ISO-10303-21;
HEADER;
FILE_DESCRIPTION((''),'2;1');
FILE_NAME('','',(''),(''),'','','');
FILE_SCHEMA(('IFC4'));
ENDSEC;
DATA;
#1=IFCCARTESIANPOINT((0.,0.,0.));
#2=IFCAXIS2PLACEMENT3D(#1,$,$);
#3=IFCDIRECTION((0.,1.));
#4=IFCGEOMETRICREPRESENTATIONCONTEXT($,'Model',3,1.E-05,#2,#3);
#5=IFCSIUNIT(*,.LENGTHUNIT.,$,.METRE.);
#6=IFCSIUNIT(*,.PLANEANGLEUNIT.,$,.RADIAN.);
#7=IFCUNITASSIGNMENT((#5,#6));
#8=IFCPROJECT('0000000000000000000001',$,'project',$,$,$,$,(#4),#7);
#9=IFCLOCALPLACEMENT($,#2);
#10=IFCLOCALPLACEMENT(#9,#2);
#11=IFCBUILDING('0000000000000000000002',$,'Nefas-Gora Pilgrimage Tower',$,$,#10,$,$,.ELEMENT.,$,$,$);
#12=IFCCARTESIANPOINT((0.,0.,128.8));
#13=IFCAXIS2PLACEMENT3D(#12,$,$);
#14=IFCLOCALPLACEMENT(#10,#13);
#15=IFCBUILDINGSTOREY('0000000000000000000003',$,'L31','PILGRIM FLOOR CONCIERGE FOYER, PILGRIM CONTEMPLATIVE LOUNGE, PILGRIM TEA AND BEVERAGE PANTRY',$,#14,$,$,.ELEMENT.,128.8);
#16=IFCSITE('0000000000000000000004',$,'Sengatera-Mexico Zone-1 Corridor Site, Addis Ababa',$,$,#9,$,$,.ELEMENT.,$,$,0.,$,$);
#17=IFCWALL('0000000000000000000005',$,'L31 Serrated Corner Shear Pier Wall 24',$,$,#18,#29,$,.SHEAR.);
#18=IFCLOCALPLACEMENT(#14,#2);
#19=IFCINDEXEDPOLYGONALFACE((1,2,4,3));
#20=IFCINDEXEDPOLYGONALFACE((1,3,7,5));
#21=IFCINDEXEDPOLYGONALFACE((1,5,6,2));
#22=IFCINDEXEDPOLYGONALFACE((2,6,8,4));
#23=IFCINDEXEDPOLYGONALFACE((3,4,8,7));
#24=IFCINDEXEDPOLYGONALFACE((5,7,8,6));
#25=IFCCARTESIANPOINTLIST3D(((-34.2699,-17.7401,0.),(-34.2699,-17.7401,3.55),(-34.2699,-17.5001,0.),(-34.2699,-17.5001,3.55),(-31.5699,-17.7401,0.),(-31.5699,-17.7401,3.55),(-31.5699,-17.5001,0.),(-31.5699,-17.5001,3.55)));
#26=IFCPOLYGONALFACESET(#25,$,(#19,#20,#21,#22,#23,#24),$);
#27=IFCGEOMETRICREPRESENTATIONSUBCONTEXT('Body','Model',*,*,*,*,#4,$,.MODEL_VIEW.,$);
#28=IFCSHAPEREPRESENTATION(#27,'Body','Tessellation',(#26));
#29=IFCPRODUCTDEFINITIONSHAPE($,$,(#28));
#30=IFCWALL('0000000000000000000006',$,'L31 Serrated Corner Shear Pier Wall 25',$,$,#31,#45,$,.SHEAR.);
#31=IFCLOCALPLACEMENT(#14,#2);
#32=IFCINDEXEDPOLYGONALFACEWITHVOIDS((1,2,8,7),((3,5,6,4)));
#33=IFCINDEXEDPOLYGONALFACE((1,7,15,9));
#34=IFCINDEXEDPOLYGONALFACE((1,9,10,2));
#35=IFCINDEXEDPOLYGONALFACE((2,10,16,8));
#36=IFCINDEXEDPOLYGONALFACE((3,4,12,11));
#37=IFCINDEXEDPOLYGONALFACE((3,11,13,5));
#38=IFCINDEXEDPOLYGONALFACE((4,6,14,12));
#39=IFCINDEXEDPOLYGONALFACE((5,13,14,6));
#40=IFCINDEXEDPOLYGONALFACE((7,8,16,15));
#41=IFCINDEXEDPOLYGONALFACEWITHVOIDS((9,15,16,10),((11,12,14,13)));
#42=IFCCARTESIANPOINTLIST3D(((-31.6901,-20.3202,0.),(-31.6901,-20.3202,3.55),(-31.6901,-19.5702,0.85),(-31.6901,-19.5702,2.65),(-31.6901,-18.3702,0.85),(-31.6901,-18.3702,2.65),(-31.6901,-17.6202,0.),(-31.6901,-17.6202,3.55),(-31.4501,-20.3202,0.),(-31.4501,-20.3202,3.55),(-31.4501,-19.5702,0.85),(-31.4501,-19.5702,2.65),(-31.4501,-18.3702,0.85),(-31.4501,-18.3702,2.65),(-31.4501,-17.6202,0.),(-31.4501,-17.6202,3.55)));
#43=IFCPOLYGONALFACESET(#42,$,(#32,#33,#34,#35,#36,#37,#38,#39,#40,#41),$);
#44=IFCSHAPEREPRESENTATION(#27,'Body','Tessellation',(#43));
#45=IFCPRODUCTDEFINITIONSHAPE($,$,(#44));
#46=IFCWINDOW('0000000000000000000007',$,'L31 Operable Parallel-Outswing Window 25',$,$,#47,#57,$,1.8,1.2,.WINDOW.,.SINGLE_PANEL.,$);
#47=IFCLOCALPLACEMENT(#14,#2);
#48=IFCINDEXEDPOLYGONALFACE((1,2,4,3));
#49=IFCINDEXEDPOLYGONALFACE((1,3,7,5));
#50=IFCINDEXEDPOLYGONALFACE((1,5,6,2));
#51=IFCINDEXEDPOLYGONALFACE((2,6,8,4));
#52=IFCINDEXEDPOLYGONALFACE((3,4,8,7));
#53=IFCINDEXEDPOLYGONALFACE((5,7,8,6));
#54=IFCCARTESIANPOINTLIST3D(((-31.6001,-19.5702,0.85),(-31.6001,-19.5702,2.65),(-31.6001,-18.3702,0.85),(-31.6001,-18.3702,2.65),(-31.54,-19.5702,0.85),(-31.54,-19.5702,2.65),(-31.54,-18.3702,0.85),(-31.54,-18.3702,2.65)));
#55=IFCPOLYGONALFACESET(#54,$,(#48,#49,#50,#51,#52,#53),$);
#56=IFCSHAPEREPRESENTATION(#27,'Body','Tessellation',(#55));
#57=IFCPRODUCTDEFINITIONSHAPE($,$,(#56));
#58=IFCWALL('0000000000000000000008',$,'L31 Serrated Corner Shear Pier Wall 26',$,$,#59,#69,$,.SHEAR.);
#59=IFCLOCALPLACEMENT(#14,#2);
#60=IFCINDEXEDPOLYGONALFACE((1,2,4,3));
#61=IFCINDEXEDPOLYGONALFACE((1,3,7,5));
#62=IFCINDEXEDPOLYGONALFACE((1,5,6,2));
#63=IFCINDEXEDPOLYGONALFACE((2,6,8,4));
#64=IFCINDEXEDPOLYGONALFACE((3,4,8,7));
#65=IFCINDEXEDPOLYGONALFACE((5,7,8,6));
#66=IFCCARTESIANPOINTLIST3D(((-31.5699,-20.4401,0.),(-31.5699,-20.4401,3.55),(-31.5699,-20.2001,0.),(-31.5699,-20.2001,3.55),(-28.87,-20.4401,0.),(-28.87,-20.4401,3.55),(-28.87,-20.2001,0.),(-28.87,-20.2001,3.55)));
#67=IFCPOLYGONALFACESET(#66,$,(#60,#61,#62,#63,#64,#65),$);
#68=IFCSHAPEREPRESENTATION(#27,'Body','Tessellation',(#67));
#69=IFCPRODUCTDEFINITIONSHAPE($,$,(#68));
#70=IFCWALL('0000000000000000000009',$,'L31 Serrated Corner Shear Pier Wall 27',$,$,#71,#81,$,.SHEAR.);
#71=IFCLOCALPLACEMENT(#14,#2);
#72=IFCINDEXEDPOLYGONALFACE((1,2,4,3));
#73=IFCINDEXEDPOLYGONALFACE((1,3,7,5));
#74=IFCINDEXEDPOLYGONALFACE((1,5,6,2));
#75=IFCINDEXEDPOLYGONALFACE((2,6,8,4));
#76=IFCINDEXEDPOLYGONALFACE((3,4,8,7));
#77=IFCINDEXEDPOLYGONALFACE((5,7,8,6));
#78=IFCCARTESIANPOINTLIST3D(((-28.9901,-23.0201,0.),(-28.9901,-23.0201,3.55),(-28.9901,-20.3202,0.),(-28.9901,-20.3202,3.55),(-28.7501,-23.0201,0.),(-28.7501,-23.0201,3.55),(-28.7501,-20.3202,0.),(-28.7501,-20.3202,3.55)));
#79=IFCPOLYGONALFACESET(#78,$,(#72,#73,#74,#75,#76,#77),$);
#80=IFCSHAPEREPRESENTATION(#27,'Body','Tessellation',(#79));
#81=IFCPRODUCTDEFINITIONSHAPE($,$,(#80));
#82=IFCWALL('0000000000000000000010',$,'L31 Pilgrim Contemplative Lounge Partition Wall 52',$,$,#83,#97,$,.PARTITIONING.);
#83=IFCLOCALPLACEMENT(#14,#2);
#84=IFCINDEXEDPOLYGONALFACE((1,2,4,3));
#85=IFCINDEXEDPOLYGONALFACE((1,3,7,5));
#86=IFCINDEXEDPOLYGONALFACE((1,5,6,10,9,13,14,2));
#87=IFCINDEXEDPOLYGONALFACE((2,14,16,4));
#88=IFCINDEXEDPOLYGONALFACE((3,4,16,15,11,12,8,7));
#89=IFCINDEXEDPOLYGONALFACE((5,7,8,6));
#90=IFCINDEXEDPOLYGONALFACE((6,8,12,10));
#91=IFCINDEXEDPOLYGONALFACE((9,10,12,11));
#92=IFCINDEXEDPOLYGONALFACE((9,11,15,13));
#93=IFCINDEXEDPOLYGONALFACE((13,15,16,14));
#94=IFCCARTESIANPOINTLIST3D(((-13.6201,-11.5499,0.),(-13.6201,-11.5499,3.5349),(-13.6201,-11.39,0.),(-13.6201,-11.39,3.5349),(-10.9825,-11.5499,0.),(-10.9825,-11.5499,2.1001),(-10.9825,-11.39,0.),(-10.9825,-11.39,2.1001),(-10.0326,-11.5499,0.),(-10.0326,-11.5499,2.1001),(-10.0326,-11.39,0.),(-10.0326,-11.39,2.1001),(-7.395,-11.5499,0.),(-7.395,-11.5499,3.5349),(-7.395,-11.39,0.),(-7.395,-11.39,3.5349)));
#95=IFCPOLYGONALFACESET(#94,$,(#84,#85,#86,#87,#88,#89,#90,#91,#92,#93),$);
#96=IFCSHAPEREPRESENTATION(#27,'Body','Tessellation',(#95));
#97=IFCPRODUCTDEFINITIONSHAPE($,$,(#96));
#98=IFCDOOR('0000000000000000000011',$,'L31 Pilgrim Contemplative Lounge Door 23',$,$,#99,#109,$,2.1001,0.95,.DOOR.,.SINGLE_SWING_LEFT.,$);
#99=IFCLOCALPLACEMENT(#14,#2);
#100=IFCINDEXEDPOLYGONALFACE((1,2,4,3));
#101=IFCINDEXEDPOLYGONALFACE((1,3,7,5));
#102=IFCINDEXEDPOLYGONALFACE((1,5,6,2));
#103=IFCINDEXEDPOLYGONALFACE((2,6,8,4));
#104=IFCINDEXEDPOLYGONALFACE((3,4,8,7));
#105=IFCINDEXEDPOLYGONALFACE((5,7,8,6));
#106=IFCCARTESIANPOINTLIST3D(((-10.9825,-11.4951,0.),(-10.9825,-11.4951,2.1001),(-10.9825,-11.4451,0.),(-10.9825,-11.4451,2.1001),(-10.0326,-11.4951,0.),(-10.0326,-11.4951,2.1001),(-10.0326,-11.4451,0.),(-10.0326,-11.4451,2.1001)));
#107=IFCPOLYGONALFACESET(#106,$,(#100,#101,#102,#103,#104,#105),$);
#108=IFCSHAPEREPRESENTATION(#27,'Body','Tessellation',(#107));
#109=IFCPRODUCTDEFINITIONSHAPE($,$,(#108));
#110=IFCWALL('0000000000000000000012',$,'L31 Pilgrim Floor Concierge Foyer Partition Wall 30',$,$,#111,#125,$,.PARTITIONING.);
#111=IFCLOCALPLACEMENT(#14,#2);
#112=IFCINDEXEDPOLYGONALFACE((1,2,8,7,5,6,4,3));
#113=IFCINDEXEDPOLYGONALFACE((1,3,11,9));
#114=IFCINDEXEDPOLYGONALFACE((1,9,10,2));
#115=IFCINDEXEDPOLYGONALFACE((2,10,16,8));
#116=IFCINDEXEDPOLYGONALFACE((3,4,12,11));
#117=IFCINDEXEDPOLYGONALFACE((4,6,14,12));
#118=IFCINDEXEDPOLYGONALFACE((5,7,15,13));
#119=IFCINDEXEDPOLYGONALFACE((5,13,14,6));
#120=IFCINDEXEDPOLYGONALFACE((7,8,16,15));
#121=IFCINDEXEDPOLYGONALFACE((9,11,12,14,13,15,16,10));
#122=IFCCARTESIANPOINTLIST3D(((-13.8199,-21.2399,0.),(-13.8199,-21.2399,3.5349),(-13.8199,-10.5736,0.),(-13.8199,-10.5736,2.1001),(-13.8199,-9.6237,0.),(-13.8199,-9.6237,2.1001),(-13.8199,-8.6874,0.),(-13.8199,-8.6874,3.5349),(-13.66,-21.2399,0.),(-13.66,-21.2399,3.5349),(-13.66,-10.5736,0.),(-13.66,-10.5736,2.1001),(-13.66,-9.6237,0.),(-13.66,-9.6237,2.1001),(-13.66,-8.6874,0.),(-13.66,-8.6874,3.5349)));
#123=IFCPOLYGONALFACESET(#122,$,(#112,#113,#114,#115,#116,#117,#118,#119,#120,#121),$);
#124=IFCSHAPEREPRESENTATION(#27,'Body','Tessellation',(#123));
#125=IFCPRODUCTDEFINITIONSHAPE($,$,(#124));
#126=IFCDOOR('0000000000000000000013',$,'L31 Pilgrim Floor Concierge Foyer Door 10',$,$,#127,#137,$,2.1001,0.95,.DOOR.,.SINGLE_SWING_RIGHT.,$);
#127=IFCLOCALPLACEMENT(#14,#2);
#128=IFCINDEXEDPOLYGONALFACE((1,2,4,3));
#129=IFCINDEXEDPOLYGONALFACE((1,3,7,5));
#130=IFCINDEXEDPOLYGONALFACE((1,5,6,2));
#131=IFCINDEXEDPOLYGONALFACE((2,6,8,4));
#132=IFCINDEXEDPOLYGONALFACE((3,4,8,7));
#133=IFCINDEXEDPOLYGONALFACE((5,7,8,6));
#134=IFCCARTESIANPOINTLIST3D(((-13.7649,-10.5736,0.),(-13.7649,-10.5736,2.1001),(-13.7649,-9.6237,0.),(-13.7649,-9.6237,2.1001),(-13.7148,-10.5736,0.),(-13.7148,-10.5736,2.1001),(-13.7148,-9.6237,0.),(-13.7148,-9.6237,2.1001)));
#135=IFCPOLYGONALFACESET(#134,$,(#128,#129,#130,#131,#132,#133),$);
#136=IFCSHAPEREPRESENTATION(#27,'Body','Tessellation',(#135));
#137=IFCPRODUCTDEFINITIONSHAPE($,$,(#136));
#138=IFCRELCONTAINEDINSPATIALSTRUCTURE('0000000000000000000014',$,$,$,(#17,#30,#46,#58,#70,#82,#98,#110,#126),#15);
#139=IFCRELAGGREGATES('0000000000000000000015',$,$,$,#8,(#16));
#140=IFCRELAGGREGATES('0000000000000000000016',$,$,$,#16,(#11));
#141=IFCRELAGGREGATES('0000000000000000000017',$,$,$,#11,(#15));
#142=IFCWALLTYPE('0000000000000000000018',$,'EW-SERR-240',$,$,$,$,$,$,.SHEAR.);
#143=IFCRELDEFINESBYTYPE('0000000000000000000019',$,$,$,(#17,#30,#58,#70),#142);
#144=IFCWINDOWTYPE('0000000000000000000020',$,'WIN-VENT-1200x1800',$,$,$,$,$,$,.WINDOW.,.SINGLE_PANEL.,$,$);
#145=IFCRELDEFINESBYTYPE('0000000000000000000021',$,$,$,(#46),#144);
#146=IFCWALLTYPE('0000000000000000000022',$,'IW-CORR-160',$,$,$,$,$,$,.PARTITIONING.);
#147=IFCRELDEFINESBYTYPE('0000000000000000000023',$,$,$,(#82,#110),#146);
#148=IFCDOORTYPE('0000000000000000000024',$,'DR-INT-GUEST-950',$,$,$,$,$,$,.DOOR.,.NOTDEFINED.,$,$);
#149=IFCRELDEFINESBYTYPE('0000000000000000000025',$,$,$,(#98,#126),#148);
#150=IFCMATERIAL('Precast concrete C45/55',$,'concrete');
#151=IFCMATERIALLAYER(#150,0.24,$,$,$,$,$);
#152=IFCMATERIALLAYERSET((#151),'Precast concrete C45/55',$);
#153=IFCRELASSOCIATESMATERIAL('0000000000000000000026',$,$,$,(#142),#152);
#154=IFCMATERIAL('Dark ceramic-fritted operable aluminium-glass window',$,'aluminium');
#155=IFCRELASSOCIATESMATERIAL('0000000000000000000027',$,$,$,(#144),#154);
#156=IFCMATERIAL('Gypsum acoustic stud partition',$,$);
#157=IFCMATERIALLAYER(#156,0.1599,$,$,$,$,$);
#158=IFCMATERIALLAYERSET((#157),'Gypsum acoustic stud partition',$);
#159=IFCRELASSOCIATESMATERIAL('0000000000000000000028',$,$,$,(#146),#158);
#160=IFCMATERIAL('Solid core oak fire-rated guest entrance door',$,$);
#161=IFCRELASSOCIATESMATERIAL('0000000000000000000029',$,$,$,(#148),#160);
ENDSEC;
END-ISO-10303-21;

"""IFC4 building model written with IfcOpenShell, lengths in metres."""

from ifc_helpers import new_model, si_unit, direction, frame, frame_2d, origin, place, context, subcontext, project, spatial, rectangle, extrude, source, transform, mapped, material, layer, layer_set, type_object, element, fill, save


model = new_model("IFC4")

# Units and contexts
model_context = context("Model", 3, precision=1e-05, world=origin(), true_north=direction((0.0, 1.0)))
body_context = subcontext(model_context, "Body", "Model", "MODEL_VIEW")
ifc_project = project(units=[si_unit("LENGTHUNIT", "METRE"), si_unit("PLANEANGLEUNIT", "RADIAN")], contexts=[model_context])

# Site, building, storey
site_placement = place(None, origin())
site = spatial("IfcSite", under=ifc_project, at=site_placement, Name="Sengatera-Mexico Zone-1 Corridor Site, Addis Ababa", CompositionType="ELEMENT", RefElevation=0.0)
building_placement = place(site_placement, origin())
building = spatial("IfcBuilding", under=site, at=building_placement, Name="Nefas-Gora Pilgrimage Tower", CompositionType="ELEMENT")
storey_placement = place(building_placement, frame((0.0, 0.0, 128.8)))
storey = spatial("IfcBuildingStorey", under=building, at=storey_placement, Name="L31", Description="PILGRIM FLOOR CONCIERGE FOYER, PILGRIM CONTEMPLATIVE LOUNGE, PILGRIM TEA AND BEVERAGE PANTRY", CompositionType="ELEMENT", Elevation=128.8)

# Wall
ifc_material_1 = material(Name="Precast concrete C45/55", Category="concrete")
ifc_layer_1 = layer(ifc_material_1, 0.24)
ifc_layer_set_1 = layer_set([ifc_layer_1], Name="Precast concrete C45/55")
wall_type_1 = type_object("IfcWallType", Name="EW-SERR-240", PredefinedType="SHEAR", material=ifc_layer_set_1)
shared_shape_1 = source(origin(), body_context, "Body", "SweptSolid", [
    extrude(rectangle(XDim=2.7, YDim=0.24, at=frame_2d((1.3501, 0.0))), origin(), (0.0, 0.0, 1.0), 3.55),
])
wall_1_placement = place(storey_placement, frame((-34.27, -17.6201, 0.0), z_axis=(0.0, 0.0, 1.0), x_axis=(1.0, 0.0, 0.0)))
element("IfcWall", 1, at=wall_1_placement, inside=storey, type_object=wall_type_1, Name="L31 Serrated Corner Shear Pier Wall 24", PredefinedType="SHEAR", context=body_context, shape_type="MappedRepresentation", body=[
    mapped(shared_shape_1, transform((0.0, 0.0, 0.0), x_axis=(1.0, 0.0, 0.0), y_axis=(0.0, 1.0, 0.0), z_axis=(0.0, 0.0, 1.0), scale=1.0)),
])

# Wall, opening, window
wall_2_placement = place(storey_placement, frame((-31.5701, -17.6201, 0.0), z_axis=(0.0, 0.0, 1.0), x_axis=(0.0, -1.0, 0.0)))
wall_2 = element("IfcWall", 2, at=wall_2_placement, inside=storey, type_object=wall_type_1, Name="L31 Serrated Corner Shear Pier Wall 25", PredefinedType="SHEAR", context=body_context, shape_type="MappedRepresentation", body=[
    mapped(shared_shape_1, transform((0.0, 0.0, 0.0), x_axis=(1.0, 0.0, 0.0), y_axis=(0.0, 1.0, 0.0), z_axis=(0.0, 0.0, 1.0), scale=1.0)),
])
opening_1_placement = place(wall_2_placement, frame((0.75, 0.0, 0.8501)))
opening_1 = element("IfcOpeningElement", 3, at=opening_1_placement, cuts=wall_2, PredefinedType="OPENING", context=body_context, shape_type="SweptSolid", body=[
    extrude(rectangle(XDim=1.2, YDim=1.8, at=frame_2d((0.6001, 0.8999))), frame((0.0, 0.1299, 0.0), z_axis=(0.0, -1.0, 0.0), x_axis=(1.0, 0.0, 0.0)), (0.0, 0.0, 1.0), 0.26),
])
ifc_material_2 = material(Name="Dark ceramic-fritted operable aluminium-glass window", Category="aluminium")
window_type = type_object("IfcWindowType", Name="WIN-VENT-1200x1800", PartitioningType="SINGLE_PANEL", PredefinedType="WINDOW", material=ifc_material_2)
shared_shape_2 = source(origin(), body_context, "Body", "SweptSolid", [
    extrude(rectangle(XDim=1.2, YDim=1.8, at=frame_2d((0.6001, 0.8999))), frame((0.0, 0.03, 0.0), z_axis=(0.0, -1.0, 0.0), x_axis=(1.0, 0.0, 0.0)), (0.0, 0.0, 1.0), 0.0601),
])
window_placement = place(opening_1_placement, origin())
window = element("IfcWindow", 4, at=window_placement, inside=storey, type_object=window_type, Name="L31 Operable Parallel-Outswing Window 25", OverallHeight=1.8, OverallWidth=1.2, PartitioningType="SINGLE_PANEL", PredefinedType="WINDOW", context=body_context, shape_type="MappedRepresentation", body=[
    mapped(shared_shape_2, transform((0.0, 0.0, 0.0), x_axis=(1.0, 0.0, 0.0), y_axis=(0.0, 1.0, 0.0), z_axis=(0.0, 0.0, 1.0), scale=1.0)),
])
fill(opening_1, window)

# Walls
for number, where, z_axis, x_axis, name in (
    (5, (-31.5701, -20.3201, 0.0), (0.0, 0.0, 1.0), (1.0, 0.0, 0.0), "L31 Serrated Corner Shear Pier Wall 26"),
    (6, (-28.8701, -20.3201, 0.0), (0.0, 0.0, 1.0), (0.0, -1.0, 0.0), "L31 Serrated Corner Shear Pier Wall 27"),
):
    element("IfcWall", number, at=place(storey_placement, frame(where, z_axis=z_axis, x_axis=x_axis)), inside=storey, type_object=wall_type_1, Name=name, PredefinedType="SHEAR", context=body_context, shape_type="MappedRepresentation", body=[
        mapped(shared_shape_1, transform((0.0, 0.0, 0.0), x_axis=(1.0, 0.0, 0.0), y_axis=(0.0, 1.0, 0.0), z_axis=(0.0, 0.0, 1.0), scale=1.0)),
    ])

# Walls, openings, doors
ifc_material_3 = material(Name="Gypsum acoustic stud partition")
ifc_layer_2 = layer(ifc_material_3, 0.1599)
ifc_layer_set_2 = layer_set([ifc_layer_2], Name="Gypsum acoustic stud partition")
wall_type_2 = type_object("IfcWallType", Name="IW-CORR-160", PredefinedType="PARTITIONING", material=ifc_layer_set_2)
shared_shape_3 = source(origin(), body_context, "Body", "SweptSolid", [
    extrude(rectangle(XDim=6.2251, YDim=0.1599, at=frame_2d((3.1125, 0.0))), origin(), (0.0, 0.0, 1.0), 3.5349),
])
wall_3_placement = place(storey_placement, frame((-13.6201, -11.47, 0.0), z_axis=(0.0, 0.0, 1.0), x_axis=(1.0, 0.0, 0.0)))
wall_3 = element("IfcWall", 7, at=wall_3_placement, inside=storey, type_object=wall_type_2, Name="L31 Pilgrim Contemplative Lounge Partition Wall 52", PredefinedType="PARTITIONING", context=body_context, shape_type="MappedRepresentation", body=[
    mapped(shared_shape_3, transform((0.0, 0.0, 0.0), x_axis=(1.0, 0.0, 0.0), y_axis=(0.0, 1.0, 0.0), z_axis=(0.0, 0.0, 1.0), scale=1.0)),
])
opening_2_placement = place(wall_3_placement, frame((2.6375, 0.0, 0.0)))
opening_2 = element("IfcOpeningElement", 8, at=opening_2_placement, cuts=wall_3, PredefinedType="OPENING", context=body_context, shape_type="SweptSolid", body=[
    extrude(rectangle(XDim=0.95, YDim=2.1001, at=frame_2d((0.4751, 1.05))), frame((0.0, 0.0898, 0.0), z_axis=(0.0, -1.0, 0.0), x_axis=(1.0, 0.0, 0.0)), (0.0, 0.0, 1.0), 0.1799),
])
ifc_material_4 = material(Name="Solid core oak fire-rated guest entrance door")
door_type = type_object("IfcDoorType", Name="DR-INT-GUEST-950", OperationType="NOTDEFINED", PredefinedType="DOOR", material=ifc_material_4)
shared_shape_4 = source(origin(), body_context, "Body", "SweptSolid", [
    extrude(rectangle(XDim=0.95, YDim=2.1001, at=frame_2d((0.4751, 1.05))), frame((0.0, 0.0249, 0.0), z_axis=(0.0, -1.0, 0.0), x_axis=(1.0, 0.0, 0.0)), (0.0, 0.0, 1.0), 0.05),
])
door_1_placement = place(opening_2_placement, origin())
door_1 = element("IfcDoor", 9, at=door_1_placement, inside=storey, type_object=door_type, Name="L31 Pilgrim Contemplative Lounge Door 23", OperationType="SINGLE_SWING_LEFT", OverallHeight=2.1001, OverallWidth=0.95, PredefinedType="DOOR", context=body_context, shape_type="MappedRepresentation", body=[
    mapped(shared_shape_4, transform((0.0, 0.0, 0.0), x_axis=(1.0, 0.0, 0.0), y_axis=(0.0, 1.0, 0.0), z_axis=(0.0, 0.0, 1.0), scale=1.0)),
])
fill(opening_2, door_1)
shared_shape_5 = source(origin(), body_context, "Body", "SweptSolid", [
    extrude(rectangle(XDim=12.5525, YDim=0.1599, at=frame_2d((6.2764, 0.0))), origin(), (0.0, 0.0, 1.0), 3.5349),
])
wall_4_placement = place(storey_placement, frame((-13.74, -21.24, 0.0), z_axis=(0.0, 0.0, 1.0), x_axis=(0.0, 1.0, 0.0)))
wall_4 = element("IfcWall", 10, at=wall_4_placement, inside=storey, type_object=wall_type_2, Name="L31 Pilgrim Floor Concierge Foyer Partition Wall 30", PredefinedType="PARTITIONING", context=body_context, shape_type="MappedRepresentation", body=[
    mapped(shared_shape_5, transform((0.0, 0.0, 0.0), x_axis=(1.0, 0.0, 0.0), y_axis=(0.0, 1.0, 0.0), z_axis=(0.0, 0.0, 1.0), scale=1.0)),
])
opening_3_placement = place(wall_4_placement, frame((10.6663, 0.0, 0.0)))
opening_3 = element("IfcOpeningElement", 11, at=opening_3_placement, cuts=wall_4, PredefinedType="OPENING", context=body_context, shape_type="SweptSolid", body=[
    extrude(rectangle(XDim=0.95, YDim=2.1001, at=frame_2d((0.4751, 1.05))), frame((0.0, 0.0898, 0.0), z_axis=(0.0, -1.0, 0.0), x_axis=(1.0, 0.0, 0.0)), (0.0, 0.0, 1.0), 0.1799),
])
door_2_placement = place(opening_3_placement, origin())
door_2 = element("IfcDoor", 12, at=door_2_placement, inside=storey, type_object=door_type, Name="L31 Pilgrim Floor Concierge Foyer Door 10", OperationType="SINGLE_SWING_RIGHT", OverallHeight=2.1001, OverallWidth=0.95, PredefinedType="DOOR", context=body_context, shape_type="MappedRepresentation", body=[
    mapped(shared_shape_4, transform((0.0, 0.0, 0.0), x_axis=(1.0, 0.0, 0.0), y_axis=(0.0, 1.0, 0.0), z_axis=(0.0, 0.0, 1.0), scale=1.0)),
])
fill(opening_3, door_2)

save(model, "model.ifc")
